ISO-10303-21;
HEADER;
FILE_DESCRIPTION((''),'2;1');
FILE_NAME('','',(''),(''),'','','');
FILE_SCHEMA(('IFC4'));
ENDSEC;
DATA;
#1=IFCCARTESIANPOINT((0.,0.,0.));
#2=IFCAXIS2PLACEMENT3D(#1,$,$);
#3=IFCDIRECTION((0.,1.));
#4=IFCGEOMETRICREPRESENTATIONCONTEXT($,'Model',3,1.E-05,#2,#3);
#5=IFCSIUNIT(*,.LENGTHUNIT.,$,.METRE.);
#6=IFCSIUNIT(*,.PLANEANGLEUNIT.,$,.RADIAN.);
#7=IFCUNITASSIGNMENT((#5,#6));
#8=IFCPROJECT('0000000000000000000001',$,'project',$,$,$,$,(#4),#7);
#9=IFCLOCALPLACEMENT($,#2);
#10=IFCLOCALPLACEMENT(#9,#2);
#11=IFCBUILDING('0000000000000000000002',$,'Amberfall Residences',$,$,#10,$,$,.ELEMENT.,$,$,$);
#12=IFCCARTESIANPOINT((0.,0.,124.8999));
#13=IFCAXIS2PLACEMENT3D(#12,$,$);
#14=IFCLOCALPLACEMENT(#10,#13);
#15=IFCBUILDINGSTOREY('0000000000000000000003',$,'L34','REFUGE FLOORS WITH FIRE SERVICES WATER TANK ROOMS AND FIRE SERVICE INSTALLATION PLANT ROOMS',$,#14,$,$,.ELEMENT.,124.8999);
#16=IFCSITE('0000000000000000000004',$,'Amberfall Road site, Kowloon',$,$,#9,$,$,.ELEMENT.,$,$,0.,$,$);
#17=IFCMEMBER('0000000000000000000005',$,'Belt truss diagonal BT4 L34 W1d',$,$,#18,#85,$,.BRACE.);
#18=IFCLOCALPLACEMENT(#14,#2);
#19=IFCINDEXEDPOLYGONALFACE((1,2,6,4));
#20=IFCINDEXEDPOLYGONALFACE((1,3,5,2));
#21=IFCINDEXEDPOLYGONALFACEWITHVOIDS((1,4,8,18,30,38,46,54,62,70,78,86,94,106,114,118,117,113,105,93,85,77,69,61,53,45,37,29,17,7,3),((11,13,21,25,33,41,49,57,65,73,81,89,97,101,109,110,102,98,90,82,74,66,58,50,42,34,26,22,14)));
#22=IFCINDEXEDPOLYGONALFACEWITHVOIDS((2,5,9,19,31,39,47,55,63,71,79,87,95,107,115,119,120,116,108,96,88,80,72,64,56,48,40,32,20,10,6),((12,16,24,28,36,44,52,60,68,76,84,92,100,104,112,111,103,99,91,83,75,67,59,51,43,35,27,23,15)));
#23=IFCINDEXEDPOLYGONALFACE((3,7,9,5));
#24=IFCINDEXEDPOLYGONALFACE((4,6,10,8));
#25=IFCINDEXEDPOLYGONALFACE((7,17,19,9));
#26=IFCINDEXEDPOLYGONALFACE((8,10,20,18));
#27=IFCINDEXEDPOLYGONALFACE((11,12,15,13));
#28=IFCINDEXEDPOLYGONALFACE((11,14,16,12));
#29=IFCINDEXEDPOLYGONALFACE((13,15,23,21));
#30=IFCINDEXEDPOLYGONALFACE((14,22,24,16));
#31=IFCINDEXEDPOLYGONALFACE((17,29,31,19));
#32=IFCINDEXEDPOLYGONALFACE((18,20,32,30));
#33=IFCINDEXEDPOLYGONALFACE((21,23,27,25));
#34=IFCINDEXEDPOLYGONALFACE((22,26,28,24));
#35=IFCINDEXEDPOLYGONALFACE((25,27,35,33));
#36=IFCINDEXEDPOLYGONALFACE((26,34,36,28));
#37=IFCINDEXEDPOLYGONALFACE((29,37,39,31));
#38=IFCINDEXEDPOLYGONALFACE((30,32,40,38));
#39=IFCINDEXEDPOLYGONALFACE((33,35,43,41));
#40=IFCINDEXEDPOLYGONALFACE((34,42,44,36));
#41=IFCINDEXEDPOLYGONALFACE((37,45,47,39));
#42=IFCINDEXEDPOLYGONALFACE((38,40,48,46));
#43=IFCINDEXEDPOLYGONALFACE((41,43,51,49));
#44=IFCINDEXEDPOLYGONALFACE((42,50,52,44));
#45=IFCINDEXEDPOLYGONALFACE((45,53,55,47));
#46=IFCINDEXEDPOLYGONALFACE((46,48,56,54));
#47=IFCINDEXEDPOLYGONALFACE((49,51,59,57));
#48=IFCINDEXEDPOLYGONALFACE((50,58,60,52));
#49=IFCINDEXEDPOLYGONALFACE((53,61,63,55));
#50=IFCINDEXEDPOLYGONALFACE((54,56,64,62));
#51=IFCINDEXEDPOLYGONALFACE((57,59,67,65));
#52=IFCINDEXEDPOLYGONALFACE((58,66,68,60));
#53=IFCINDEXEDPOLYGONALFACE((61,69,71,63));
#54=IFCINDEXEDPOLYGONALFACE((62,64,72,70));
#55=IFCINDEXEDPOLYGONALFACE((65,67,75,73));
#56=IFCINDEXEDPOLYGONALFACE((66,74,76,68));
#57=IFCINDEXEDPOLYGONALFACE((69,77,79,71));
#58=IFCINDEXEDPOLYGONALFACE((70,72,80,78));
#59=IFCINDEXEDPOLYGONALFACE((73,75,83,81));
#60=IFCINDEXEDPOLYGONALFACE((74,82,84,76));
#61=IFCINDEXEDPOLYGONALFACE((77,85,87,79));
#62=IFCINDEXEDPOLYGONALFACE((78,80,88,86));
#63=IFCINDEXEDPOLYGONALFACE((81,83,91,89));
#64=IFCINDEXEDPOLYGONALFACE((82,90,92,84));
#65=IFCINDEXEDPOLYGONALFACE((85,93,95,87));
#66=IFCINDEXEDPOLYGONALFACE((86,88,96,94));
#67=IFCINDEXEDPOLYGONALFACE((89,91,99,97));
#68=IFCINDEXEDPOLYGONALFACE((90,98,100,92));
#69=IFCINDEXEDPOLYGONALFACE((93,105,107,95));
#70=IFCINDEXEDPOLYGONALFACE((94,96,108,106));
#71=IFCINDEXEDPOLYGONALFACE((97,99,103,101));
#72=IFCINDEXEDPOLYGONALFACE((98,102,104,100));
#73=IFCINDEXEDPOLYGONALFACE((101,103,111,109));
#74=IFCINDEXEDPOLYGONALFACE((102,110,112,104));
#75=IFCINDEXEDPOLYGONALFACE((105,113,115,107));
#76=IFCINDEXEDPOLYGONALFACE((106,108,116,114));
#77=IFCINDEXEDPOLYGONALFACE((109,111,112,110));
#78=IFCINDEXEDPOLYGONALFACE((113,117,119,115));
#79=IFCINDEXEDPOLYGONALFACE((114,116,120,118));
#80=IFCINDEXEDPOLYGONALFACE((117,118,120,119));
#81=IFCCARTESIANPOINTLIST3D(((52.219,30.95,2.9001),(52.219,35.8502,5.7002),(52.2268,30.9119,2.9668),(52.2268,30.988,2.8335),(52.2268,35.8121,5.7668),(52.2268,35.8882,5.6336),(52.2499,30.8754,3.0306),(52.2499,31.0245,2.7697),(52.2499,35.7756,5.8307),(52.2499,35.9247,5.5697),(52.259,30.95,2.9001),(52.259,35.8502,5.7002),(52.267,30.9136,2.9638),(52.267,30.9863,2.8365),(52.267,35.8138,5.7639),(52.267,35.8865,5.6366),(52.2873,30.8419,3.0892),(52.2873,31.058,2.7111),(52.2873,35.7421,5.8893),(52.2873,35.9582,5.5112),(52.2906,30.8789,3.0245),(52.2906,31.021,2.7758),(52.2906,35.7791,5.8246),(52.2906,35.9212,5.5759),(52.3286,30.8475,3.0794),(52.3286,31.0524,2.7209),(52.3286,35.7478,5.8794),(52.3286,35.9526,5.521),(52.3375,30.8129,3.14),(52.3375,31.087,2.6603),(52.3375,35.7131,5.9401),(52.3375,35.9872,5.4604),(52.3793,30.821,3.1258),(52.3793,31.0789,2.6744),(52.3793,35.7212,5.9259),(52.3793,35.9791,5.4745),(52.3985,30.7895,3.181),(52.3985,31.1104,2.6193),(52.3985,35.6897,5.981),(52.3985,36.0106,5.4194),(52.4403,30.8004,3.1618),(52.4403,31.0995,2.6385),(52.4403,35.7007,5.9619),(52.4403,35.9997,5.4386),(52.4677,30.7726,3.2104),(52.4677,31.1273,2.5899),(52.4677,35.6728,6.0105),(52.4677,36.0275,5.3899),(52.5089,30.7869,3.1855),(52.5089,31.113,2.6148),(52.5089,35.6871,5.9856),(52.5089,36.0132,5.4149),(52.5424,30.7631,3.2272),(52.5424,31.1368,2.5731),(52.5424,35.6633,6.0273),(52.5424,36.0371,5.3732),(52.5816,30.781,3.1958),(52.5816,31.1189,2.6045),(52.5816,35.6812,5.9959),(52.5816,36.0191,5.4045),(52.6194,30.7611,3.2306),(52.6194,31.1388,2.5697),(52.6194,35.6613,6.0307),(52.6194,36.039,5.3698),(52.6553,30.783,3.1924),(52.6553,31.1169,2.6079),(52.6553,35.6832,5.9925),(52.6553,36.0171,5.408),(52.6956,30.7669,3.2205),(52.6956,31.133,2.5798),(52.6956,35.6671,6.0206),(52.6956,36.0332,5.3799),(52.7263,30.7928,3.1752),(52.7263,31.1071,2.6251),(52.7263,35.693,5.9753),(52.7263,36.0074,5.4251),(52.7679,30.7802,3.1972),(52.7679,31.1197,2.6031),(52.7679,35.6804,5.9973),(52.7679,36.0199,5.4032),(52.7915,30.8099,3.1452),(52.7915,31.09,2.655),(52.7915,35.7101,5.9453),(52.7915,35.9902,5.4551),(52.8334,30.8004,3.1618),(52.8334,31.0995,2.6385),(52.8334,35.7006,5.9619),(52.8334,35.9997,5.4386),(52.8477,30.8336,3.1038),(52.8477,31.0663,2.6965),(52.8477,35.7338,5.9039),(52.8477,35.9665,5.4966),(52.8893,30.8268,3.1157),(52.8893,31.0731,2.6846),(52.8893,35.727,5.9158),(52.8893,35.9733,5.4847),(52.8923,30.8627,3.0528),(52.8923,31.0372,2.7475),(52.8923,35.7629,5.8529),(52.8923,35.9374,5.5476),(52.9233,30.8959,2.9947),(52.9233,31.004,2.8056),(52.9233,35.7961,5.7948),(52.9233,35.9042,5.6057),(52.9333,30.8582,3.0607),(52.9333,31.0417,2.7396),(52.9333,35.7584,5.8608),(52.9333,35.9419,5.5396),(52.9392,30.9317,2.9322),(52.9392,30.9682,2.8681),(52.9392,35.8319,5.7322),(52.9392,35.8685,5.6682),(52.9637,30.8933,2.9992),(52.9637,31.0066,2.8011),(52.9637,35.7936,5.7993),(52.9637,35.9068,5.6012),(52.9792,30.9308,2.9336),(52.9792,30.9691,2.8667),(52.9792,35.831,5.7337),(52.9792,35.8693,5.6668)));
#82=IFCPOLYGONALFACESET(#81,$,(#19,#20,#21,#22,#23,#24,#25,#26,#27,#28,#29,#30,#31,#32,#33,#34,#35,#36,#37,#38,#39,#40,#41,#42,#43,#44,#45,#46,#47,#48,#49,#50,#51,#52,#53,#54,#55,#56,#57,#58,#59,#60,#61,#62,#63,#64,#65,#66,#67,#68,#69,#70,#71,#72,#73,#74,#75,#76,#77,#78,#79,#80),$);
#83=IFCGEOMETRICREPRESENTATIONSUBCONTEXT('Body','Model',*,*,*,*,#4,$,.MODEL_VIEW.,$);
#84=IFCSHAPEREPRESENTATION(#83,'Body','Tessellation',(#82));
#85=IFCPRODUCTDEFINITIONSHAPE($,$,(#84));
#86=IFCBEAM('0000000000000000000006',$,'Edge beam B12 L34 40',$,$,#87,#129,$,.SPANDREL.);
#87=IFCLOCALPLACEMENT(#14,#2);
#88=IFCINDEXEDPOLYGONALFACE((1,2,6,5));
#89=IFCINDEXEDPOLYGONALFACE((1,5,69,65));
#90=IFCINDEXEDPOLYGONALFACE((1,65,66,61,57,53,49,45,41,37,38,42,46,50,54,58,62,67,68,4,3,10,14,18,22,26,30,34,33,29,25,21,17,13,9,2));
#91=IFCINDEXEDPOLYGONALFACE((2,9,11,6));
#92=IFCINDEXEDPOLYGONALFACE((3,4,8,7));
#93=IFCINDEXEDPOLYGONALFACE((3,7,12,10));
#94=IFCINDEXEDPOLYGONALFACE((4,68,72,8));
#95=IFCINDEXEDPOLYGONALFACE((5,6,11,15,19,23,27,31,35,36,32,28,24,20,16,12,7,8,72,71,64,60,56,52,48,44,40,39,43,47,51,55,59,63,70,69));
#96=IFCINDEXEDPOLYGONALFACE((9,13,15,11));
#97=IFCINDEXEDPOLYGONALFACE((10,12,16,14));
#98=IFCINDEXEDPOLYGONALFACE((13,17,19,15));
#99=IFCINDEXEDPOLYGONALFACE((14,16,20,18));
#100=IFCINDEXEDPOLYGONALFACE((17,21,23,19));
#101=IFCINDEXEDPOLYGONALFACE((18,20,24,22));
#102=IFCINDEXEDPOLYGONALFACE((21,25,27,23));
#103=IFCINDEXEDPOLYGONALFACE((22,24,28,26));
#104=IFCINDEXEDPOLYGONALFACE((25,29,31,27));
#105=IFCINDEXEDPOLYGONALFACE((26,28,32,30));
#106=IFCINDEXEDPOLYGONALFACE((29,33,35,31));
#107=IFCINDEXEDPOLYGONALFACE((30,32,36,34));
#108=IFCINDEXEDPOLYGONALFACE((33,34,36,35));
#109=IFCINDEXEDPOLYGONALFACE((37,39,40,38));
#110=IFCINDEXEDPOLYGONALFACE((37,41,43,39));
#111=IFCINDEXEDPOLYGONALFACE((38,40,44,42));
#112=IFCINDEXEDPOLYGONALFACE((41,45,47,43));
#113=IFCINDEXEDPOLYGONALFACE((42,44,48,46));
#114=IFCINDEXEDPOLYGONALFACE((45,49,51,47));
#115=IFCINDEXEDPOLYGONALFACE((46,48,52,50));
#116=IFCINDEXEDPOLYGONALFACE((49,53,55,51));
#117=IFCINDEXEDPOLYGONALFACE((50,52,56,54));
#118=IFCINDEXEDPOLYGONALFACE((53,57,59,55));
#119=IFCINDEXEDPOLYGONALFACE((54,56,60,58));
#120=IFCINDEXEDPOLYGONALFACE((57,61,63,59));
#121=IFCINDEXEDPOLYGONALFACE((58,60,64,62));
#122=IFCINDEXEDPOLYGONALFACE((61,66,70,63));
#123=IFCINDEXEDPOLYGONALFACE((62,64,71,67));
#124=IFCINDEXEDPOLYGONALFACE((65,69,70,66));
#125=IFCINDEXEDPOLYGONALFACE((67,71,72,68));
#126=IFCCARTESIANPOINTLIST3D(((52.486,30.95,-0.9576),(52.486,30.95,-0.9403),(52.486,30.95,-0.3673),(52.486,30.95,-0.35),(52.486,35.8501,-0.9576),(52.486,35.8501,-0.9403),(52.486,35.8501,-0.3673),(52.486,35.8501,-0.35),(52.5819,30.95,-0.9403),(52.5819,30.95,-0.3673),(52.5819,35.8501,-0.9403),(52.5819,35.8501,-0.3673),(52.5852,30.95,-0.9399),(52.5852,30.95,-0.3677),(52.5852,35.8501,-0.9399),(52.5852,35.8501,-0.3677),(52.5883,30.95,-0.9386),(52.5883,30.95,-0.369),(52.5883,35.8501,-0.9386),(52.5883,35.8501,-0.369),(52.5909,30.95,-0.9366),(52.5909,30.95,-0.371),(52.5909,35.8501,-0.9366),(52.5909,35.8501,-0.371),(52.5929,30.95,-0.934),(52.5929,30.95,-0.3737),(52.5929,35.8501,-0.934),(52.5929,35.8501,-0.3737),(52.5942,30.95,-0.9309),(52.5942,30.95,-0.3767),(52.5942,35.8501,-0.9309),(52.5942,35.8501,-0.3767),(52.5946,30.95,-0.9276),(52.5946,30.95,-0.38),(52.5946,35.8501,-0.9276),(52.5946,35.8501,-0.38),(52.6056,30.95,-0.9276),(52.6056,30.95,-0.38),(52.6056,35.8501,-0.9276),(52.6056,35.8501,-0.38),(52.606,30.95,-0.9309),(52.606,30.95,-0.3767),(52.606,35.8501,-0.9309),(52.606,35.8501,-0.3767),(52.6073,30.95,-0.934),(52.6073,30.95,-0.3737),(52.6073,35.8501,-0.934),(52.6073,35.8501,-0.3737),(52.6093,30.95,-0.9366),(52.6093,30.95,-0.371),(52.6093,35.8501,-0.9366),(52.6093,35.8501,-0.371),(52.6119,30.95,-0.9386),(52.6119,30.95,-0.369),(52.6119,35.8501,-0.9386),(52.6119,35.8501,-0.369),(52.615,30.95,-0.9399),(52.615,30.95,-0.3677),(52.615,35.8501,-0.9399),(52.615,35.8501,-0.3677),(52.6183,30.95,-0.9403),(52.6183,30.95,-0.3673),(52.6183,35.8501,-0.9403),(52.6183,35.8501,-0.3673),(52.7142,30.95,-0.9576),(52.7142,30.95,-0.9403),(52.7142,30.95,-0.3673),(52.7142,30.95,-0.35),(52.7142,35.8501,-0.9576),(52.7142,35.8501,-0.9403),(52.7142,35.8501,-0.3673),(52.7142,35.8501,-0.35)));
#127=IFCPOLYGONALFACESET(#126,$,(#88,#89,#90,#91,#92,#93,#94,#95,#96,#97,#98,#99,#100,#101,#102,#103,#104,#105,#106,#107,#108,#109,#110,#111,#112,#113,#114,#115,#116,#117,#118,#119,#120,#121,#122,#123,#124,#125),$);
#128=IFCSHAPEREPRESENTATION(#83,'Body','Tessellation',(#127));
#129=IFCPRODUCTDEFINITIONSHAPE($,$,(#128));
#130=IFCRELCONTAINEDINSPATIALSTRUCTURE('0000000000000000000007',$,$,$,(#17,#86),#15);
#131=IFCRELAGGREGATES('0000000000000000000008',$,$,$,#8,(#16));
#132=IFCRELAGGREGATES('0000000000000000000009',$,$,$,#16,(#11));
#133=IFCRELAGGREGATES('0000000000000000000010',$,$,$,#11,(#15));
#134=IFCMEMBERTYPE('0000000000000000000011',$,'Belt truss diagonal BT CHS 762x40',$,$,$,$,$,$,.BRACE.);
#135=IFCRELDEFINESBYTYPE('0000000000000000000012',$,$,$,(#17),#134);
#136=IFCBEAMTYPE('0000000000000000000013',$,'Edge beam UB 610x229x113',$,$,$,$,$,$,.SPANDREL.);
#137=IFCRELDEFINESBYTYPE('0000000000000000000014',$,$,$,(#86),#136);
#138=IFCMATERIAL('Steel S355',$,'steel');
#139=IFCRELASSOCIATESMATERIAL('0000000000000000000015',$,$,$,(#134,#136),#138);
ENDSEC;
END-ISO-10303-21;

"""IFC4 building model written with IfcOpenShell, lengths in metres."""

from ifc_helpers import new_model, si_unit, direction, frame, origin, origin_2d, place, context, subcontext, project, spatial, hollow_circle, i_section, extrude, material, material_profile, profile_set, type_object, element, save


model = new_model("IFC4")

# Units and contexts
model_context = context("Model", 3, precision=1e-05, world=origin(), true_north=direction((0.0, 1.0)))
body_context = subcontext(model_context, "Body", "Model", "MODEL_VIEW")
ifc_project = project(units=[si_unit("LENGTHUNIT", "METRE"), si_unit("PLANEANGLEUNIT", "RADIAN")], contexts=[model_context])

# Site, building, storey
site_placement = place(None, origin())
site = spatial("IfcSite", under=ifc_project, at=site_placement, Name="Amberfall Road site, Kowloon", CompositionType="ELEMENT", RefElevation=0.0)
building_placement = place(site_placement, origin())
building = spatial("IfcBuilding", under=site, at=building_placement, Name="Amberfall Residences", CompositionType="ELEMENT")
storey_placement = place(building_placement, frame((0.0, 0.0, 124.8999)))
storey = spatial("IfcBuildingStorey", under=building, at=storey_placement, Name="L34", Description="REFUGE FLOORS WITH FIRE SERVICES WATER TANK ROOMS AND FIRE SERVICE INSTALLATION PLANT ROOMS", CompositionType="ELEMENT", Elevation=124.8999)

# Shared definitions
ifc_material_1 = material(Name="Steel S355", Category="steel")

# Member
ifc_material_profile_1 = material_profile(ifc_material_1, hollow_circle(Radius=0.3811, WallThickness=0.04, at=origin_2d()), Name="CHS 762x40")
ifc_profile_set_1 = profile_set([ifc_material_profile_1], Name="Steel S355")
member_type = type_object("IfcMemberType", Name="Belt truss diagonal BT CHS 762x40", PredefinedType="BRACE", material=ifc_profile_set_1)
member_placement = place(storey_placement, frame((52.6001, 30.95, 2.9001), z_axis=(0.0, 0.868246, 0.496134), x_axis=(-1.0, 0.0, 0.0)))
element("IfcMember", 1, at=member_placement, inside=storey, type_object=member_type, Name="Belt truss diagonal BT4 L34 W1d", PredefinedType="BRACE", context=body_context, shape_type="SweptSolid", body=[
    extrude(hollow_circle(Radius=0.3811, WallThickness=0.04, at=origin_2d()), origin(), (0.0, 0.0, 1.0), 5.6438),
])

# Beam
ifc_material_profile_2 = material_profile(ifc_material_1, i_section(OverallWidth=0.2283, OverallDepth=0.6077, WebThickness=0.011, FlangeThickness=0.0173, FilletRadius=0.0127, at=origin_2d()), Name="UB 610x229x113")
ifc_profile_set_2 = profile_set([ifc_material_profile_2], Name="Steel S355")
beam_type_1 = type_object("IfcBeamType", Name="Edge beam UB 610x229x113", PredefinedType="SPANDREL", material=ifc_profile_set_2)
beam_placement = place(storey_placement, frame((52.6001, 30.95, -0.6538), z_axis=(0.0, 1.0, 0.0), x_axis=(-1.0, 0.0, 0.0)))
element("IfcBeam", 2, at=beam_placement, inside=storey, type_object=beam_type_1, Name="Edge beam B12 L34 40", PredefinedType="SPANDREL", context=body_context, shape_type="SweptSolid", body=[
    extrude(i_section(OverallWidth=0.2283, OverallDepth=0.6077, WebThickness=0.011, FlangeThickness=0.0173, FilletRadius=0.0127, at=origin_2d()), origin(), (0.0, 0.0, 1.0), 4.9001),
])

save(model, "model.ifc")
